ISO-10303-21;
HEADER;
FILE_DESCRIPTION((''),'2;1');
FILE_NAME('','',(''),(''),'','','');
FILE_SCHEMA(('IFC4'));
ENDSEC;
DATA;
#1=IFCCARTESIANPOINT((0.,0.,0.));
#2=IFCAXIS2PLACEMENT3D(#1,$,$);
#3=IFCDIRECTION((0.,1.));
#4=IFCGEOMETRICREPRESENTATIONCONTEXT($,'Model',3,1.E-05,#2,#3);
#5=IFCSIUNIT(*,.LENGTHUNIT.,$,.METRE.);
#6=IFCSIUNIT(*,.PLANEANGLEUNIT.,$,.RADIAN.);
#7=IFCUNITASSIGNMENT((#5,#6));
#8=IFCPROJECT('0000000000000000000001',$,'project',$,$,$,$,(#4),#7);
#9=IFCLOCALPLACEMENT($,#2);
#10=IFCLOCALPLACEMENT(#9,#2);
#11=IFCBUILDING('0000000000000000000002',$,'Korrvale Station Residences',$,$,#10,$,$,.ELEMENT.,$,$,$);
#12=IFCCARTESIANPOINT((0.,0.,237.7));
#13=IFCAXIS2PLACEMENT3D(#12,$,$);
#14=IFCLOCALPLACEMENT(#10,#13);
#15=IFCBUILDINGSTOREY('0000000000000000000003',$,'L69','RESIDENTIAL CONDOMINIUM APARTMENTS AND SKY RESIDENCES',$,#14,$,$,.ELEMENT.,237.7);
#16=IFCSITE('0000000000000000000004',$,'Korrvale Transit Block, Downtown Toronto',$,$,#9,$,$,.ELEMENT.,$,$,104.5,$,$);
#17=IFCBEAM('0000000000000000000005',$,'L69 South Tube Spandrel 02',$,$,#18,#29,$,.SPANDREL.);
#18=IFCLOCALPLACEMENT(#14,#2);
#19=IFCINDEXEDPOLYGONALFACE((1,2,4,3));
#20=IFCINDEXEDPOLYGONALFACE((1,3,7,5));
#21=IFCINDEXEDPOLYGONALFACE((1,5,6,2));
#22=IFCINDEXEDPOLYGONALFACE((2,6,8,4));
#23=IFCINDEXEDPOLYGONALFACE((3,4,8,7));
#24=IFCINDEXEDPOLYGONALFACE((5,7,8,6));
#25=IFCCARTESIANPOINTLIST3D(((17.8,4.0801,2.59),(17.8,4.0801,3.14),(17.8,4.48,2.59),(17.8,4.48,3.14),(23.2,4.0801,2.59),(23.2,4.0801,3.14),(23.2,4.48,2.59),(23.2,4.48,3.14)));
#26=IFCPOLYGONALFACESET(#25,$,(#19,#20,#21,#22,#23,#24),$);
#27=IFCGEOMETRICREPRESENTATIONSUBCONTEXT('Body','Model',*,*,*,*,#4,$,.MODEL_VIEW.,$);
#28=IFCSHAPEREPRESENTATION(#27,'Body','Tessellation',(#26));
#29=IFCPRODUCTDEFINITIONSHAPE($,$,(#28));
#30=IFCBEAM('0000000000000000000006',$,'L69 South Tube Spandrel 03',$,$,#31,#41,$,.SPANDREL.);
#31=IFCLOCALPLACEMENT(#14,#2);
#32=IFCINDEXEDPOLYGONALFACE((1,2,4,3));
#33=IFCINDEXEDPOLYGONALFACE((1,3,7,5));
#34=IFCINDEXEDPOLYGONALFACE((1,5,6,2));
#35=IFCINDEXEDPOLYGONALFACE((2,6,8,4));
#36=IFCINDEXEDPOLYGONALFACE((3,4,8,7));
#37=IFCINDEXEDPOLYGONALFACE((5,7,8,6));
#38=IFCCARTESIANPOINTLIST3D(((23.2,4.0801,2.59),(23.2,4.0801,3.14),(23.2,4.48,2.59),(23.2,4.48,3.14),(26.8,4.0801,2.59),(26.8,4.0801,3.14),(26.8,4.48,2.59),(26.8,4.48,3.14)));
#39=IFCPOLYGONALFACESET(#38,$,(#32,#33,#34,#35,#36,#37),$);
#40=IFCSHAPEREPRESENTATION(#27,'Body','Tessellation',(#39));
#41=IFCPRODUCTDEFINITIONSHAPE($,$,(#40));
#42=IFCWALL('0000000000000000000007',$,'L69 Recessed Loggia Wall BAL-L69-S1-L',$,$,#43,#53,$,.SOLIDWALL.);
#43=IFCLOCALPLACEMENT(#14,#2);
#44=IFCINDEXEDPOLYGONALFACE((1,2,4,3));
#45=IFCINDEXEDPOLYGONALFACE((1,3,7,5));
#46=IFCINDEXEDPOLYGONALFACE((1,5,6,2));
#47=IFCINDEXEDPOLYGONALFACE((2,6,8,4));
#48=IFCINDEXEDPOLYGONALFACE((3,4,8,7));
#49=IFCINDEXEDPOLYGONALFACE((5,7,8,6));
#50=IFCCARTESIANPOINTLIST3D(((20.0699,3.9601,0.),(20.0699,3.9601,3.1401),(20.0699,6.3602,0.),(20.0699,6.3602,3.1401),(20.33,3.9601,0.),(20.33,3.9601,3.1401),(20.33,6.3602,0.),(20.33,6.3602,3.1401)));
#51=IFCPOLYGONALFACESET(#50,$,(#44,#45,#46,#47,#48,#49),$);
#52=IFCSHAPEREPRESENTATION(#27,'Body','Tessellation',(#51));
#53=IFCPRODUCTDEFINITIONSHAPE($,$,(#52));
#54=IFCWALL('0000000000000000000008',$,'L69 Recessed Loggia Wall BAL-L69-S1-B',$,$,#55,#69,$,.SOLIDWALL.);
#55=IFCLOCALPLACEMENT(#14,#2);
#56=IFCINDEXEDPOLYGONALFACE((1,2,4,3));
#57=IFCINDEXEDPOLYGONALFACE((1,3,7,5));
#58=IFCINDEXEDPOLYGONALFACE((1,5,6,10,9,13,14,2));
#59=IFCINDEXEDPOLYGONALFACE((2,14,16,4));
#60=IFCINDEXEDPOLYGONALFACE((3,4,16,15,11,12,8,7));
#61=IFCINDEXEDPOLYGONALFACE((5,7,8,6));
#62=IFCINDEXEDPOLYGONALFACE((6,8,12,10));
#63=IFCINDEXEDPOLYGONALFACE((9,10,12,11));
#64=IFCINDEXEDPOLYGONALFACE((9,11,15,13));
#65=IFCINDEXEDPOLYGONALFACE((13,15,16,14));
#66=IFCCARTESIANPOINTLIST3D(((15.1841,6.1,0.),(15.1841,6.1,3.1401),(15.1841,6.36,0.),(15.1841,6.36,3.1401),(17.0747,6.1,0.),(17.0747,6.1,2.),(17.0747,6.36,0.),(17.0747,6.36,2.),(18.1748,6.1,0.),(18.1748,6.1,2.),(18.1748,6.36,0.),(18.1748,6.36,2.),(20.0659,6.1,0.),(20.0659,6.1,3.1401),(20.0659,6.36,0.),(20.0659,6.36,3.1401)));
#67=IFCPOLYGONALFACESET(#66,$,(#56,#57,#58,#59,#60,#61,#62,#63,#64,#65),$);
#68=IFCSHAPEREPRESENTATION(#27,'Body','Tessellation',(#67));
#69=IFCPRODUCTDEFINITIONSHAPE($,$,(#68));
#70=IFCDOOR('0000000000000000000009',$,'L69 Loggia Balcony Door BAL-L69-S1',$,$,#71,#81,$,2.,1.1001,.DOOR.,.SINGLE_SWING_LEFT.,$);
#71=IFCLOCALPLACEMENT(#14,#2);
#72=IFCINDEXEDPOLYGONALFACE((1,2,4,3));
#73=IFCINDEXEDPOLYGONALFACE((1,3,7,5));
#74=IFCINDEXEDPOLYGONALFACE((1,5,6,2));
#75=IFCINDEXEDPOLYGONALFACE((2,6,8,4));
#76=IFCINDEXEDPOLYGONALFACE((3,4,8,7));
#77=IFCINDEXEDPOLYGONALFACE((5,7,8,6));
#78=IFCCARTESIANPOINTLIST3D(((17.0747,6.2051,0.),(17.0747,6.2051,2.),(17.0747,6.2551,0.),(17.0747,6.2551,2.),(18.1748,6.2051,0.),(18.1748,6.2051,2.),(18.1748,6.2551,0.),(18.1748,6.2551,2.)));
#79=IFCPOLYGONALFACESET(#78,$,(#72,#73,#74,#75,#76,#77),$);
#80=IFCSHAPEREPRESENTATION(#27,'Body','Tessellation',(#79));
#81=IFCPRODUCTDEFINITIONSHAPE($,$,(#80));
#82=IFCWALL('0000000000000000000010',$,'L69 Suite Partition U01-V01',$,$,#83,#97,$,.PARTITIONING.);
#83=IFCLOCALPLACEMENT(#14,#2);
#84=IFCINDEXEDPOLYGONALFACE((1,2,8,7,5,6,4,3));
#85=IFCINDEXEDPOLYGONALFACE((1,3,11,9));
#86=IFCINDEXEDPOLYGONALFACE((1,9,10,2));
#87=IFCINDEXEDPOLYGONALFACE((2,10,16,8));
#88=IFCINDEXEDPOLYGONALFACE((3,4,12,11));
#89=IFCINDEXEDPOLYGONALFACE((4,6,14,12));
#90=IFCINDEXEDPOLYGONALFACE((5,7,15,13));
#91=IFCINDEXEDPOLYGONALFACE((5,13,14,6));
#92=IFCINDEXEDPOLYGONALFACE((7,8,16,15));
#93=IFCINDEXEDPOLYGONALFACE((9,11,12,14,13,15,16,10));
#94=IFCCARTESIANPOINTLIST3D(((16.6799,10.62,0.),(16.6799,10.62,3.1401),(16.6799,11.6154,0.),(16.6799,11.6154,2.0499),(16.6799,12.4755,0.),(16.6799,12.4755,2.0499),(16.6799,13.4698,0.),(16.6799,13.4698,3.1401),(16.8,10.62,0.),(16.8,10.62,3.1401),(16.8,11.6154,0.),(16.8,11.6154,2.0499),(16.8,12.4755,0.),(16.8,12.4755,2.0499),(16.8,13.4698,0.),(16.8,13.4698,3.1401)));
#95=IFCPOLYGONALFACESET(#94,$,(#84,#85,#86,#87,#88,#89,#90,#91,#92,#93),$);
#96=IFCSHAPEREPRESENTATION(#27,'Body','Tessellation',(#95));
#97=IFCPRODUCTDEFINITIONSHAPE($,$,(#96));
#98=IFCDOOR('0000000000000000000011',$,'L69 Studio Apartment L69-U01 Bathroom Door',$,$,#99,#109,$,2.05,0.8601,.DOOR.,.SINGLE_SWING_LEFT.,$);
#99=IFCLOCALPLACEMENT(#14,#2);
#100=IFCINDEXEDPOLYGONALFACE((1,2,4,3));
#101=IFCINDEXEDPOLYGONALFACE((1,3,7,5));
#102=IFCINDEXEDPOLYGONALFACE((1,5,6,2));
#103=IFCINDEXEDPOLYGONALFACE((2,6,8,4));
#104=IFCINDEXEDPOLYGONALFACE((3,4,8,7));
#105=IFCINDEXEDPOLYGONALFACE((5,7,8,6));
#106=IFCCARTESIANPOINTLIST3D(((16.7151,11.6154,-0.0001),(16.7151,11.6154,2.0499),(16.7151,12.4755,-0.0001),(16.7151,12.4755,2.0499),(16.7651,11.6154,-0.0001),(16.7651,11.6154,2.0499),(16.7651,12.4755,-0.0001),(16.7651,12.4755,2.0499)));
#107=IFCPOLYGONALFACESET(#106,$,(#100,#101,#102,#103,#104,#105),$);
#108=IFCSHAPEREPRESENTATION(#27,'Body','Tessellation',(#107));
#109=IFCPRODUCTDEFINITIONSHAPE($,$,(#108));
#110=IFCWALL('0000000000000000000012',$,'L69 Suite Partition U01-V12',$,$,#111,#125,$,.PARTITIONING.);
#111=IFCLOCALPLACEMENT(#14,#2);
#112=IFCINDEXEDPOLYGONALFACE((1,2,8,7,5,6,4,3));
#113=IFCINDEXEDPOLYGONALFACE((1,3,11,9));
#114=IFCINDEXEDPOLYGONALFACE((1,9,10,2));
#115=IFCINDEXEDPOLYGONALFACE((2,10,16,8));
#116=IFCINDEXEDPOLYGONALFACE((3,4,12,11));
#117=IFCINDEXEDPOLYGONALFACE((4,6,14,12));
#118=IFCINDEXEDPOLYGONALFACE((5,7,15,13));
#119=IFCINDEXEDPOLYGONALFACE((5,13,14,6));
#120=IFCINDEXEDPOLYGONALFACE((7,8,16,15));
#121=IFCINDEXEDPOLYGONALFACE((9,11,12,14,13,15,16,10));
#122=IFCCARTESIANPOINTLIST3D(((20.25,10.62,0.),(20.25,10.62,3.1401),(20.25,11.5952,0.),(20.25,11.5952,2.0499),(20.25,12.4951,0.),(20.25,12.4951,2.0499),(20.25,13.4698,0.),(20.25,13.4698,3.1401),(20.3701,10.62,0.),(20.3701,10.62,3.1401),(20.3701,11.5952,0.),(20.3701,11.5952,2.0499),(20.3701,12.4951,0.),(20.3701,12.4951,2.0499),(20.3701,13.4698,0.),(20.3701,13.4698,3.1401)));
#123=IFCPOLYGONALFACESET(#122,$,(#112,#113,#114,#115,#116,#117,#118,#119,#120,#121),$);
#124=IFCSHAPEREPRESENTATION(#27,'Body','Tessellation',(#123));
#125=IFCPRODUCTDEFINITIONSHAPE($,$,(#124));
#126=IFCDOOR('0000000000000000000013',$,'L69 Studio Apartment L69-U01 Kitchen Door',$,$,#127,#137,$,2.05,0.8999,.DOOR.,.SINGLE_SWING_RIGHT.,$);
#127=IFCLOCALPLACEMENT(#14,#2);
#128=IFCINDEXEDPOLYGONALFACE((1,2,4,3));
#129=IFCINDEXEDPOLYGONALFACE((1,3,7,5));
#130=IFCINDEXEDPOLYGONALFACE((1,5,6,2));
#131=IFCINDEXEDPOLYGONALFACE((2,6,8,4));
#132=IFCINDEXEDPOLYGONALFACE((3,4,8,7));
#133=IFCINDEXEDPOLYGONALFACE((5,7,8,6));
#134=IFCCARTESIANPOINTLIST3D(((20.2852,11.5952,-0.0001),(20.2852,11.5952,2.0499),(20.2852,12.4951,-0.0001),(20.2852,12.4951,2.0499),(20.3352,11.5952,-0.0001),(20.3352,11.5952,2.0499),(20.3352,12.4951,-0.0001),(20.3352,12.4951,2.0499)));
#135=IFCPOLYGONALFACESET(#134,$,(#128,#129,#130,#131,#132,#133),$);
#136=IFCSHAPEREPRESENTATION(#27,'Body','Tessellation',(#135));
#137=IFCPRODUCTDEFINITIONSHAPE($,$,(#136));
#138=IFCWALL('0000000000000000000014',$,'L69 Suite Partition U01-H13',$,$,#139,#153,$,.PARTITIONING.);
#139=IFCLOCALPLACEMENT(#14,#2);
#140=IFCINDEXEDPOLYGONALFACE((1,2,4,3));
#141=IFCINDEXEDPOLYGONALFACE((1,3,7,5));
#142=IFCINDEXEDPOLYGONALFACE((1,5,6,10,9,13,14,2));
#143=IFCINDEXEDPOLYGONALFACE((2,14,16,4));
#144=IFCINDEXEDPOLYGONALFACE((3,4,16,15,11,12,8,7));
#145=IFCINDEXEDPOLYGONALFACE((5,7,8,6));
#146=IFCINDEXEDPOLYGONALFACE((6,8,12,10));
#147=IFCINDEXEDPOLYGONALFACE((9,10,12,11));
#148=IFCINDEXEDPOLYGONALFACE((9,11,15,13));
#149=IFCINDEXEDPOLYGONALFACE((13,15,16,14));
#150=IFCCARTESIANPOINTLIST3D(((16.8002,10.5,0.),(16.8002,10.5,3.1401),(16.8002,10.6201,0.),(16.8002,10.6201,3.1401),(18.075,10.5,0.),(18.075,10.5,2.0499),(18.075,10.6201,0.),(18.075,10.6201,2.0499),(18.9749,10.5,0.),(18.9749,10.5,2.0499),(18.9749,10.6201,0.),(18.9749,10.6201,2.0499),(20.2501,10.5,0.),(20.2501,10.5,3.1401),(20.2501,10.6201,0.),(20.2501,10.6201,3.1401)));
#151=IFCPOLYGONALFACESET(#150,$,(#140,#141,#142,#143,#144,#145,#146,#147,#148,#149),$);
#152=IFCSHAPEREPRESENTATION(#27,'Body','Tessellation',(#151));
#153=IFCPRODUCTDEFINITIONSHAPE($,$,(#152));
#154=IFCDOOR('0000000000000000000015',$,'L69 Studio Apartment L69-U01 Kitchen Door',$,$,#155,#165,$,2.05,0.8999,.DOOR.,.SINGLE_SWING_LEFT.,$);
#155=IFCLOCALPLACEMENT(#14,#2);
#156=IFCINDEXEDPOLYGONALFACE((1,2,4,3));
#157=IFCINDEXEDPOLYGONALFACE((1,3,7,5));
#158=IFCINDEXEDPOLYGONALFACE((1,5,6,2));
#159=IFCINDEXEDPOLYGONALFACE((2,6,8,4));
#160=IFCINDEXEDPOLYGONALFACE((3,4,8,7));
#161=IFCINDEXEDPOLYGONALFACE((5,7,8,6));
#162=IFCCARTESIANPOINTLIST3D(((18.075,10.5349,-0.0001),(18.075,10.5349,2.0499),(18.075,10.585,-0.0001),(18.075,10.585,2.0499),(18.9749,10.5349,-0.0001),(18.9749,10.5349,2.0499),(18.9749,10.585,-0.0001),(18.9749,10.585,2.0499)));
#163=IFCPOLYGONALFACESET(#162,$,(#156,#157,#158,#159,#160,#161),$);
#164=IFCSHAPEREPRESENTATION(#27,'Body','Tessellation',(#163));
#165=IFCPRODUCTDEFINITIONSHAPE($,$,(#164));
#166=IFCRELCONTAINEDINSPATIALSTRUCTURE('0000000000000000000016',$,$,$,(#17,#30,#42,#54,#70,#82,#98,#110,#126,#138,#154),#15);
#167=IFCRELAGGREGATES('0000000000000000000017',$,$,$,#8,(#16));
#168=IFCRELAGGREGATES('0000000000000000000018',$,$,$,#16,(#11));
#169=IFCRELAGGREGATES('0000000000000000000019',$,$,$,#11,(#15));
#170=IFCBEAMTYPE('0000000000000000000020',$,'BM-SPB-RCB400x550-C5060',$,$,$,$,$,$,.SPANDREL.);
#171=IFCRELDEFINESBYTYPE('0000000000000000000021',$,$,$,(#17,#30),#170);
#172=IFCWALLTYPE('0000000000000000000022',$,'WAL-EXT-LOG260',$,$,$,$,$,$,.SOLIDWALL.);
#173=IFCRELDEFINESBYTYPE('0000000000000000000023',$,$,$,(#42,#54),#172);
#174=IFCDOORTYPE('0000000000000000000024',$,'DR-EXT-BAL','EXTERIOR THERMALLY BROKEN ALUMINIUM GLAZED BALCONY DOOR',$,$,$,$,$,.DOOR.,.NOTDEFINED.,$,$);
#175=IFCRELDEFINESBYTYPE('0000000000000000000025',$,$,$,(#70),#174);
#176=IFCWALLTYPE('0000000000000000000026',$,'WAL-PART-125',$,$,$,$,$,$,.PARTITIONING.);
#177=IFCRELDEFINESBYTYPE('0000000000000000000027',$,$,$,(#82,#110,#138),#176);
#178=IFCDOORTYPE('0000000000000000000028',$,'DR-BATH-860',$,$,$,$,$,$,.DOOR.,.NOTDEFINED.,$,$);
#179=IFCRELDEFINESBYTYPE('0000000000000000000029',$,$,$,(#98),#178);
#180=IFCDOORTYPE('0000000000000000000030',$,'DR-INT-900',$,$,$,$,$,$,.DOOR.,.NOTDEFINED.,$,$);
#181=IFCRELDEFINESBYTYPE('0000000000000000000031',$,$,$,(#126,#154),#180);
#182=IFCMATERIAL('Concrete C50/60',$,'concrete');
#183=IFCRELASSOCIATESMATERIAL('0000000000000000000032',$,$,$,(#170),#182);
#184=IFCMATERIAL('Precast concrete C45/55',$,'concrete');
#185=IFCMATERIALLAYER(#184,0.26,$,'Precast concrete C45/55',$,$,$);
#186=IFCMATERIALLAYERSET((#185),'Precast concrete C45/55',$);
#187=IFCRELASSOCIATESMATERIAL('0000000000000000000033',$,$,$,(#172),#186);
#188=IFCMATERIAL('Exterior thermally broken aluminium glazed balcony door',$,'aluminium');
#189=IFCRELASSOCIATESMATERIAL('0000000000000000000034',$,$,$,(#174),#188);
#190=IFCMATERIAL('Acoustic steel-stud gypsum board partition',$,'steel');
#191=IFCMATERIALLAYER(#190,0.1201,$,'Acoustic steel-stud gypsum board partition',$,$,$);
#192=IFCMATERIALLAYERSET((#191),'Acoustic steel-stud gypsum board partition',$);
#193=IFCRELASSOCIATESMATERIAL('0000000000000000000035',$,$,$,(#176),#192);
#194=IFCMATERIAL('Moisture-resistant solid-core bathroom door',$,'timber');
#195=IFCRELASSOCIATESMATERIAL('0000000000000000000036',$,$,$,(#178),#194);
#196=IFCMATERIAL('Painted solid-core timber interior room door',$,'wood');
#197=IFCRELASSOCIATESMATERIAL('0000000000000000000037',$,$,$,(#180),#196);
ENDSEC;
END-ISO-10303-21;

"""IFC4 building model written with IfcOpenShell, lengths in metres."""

from ifc_helpers import new_model, si_unit, direction, frame, frame_2d, origin, origin_2d, place, context, subcontext, project, spatial, rectangle, extrude, material, layer, layer_set, material_profile, profile_set, type_object, element, fill, save


model = new_model("IFC4")

# Units and contexts
model_context = context("Model", 3, precision=1e-05, world=origin(), true_north=direction((0.0, 1.0)))
body_context = subcontext(model_context, "Body", "Model", "MODEL_VIEW")
ifc_project = project(units=[si_unit("LENGTHUNIT", "METRE"), si_unit("PLANEANGLEUNIT", "RADIAN")], contexts=[model_context])

# Site, building, storey
site_placement = place(None, origin())
site = spatial("IfcSite", under=ifc_project, at=site_placement, Name="Korrvale Transit Block, Downtown Toronto", CompositionType="ELEMENT", RefElevation=104.5)
building_placement = place(site_placement, origin())
building = spatial("IfcBuilding", under=site, at=building_placement, Name="Korrvale Station Residences", CompositionType="ELEMENT")
storey_placement = place(building_placement, frame((0.0, 0.0, 237.7)))
storey = spatial("IfcBuildingStorey", under=building, at=storey_placement, Name="L69", Description="RESIDENTIAL CONDOMINIUM APARTMENTS AND SKY RESIDENCES", CompositionType="ELEMENT", Elevation=237.7)

# Shared definitions
ifc_material_1 = material(Name="Concrete C50/60", Category="concrete")

# Beams
ifc_material_profile_1 = material_profile(ifc_material_1, rectangle(XDim=0.3999, YDim=0.55, at=origin_2d()), Name="RCB400x550")
ifc_profile_set_1 = profile_set([ifc_material_profile_1], Name="Concrete C50/60")
beam_type_1 = type_object("IfcBeamType", Name="BM-SPB-RCB400x550-C5060", PredefinedType="SPANDREL", material=ifc_profile_set_1)
beam_1_placement = place(storey_placement, frame((17.8, 4.28, 2.865), z_axis=(1.0, 0.0, 0.0), x_axis=(0.0, 1.0, 0.0)))
element("IfcBeam", 1, at=beam_1_placement, inside=storey, type_object=beam_type_1, Name="L69 South Tube Spandrel 02", PredefinedType="SPANDREL", context=body_context, shape_type="SweptSolid", body=[
    extrude(rectangle(XDim=0.3999, YDim=0.55, at=origin_2d()), origin(), (0.0, 0.0, 1.0), 5.3999),
])
beam_2_placement = place(storey_placement, frame((23.2, 4.28, 2.865), z_axis=(1.0, 0.0, 0.0), x_axis=(0.0, 1.0, 0.0)))
element("IfcBeam", 2, at=beam_2_placement, inside=storey, type_object=beam_type_1, Name="L69 South Tube Spandrel 03", PredefinedType="SPANDREL", context=body_context, shape_type="SweptSolid", body=[
    extrude(rectangle(XDim=0.3999, YDim=0.55, at=origin_2d()), origin(), (0.0, 0.0, 1.0), 3.6001),
])

# Wall
ifc_material_2 = material(Name="Precast concrete C45/55", Category="concrete")
ifc_layer_1 = layer(ifc_material_2, 0.26, Name="Precast concrete C45/55")
ifc_layer_set_1 = layer_set([ifc_layer_1], Name="Precast concrete C45/55")
wall_type_1 = type_object("IfcWallType", Name="WAL-EXT-LOG260", PredefinedType="SOLIDWALL", material=ifc_layer_set_1)
wall_1_placement = place(storey_placement, frame((20.2, 3.96, 0.0), z_axis=(0.0, 0.0, 1.0), x_axis=(0.0, 1.0, 0.0)))
element("IfcWall", 3, at=wall_1_placement, inside=storey, type_object=wall_type_1, Name="L69 Recessed Loggia Wall BAL-L69-S1-L", PredefinedType="SOLIDWALL", context=body_context, shape_type="SweptSolid", body=[
    extrude(rectangle(XDim=2.4001, YDim=0.26, at=frame_2d((1.2002, 0.0))), origin(), (0.0, 0.0, 1.0), 3.1401),
])

# Walls, openings, doors
wall_2_placement = place(storey_placement, frame((20.0659, 6.23, 0.0), z_axis=(0.0, 0.0, 1.0), x_axis=(-1.0, 0.0, 0.0)))
wall_2 = element("IfcWall", 4, at=wall_2_placement, inside=storey, type_object=wall_type_1, Name="L69 Recessed Loggia Wall BAL-L69-S1-B", PredefinedType="SOLIDWALL", context=body_context, shape_type="SweptSolid", body=[
    extrude(rectangle(XDim=4.8818, YDim=0.26, at=frame_2d((2.4409, 0.0))), origin(), (0.0, 0.0, 1.0), 3.1401),
])
opening_1_placement = place(wall_2_placement, frame((1.8911, 0.0, 0.0)))
opening_1 = element("IfcOpeningElement", 5, at=opening_1_placement, cuts=wall_2, PredefinedType="OPENING", context=body_context, shape_type="SweptSolid", body=[
    extrude(rectangle(XDim=1.1001, YDim=2.0, at=frame_2d((0.55, 1.0))), frame((0.0, 0.1401, 0.0), z_axis=(0.0, -1.0, 0.0), x_axis=(1.0, 0.0, 0.0)), (0.0, 0.0, 1.0), 0.28),
])
ifc_material_3 = material(Name="Exterior thermally broken aluminium glazed balcony door", Category="aluminium")
door_type_1 = type_object("IfcDoorType", Name="DR-EXT-BAL", Description="EXTERIOR THERMALLY BROKEN ALUMINIUM GLAZED BALCONY DOOR", OperationType="NOTDEFINED", PredefinedType="DOOR", material=ifc_material_3)
door_1_placement = place(opening_1_placement, origin())
door_1 = element("IfcDoor", 6, at=door_1_placement, inside=storey, type_object=door_type_1, Name="L69 Loggia Balcony Door BAL-L69-S1", OperationType="SINGLE_SWING_LEFT", OverallHeight=2.0, OverallWidth=1.1001, PredefinedType="DOOR", context=body_context, shape_type="SweptSolid", body=[
    extrude(rectangle(XDim=1.1001, YDim=2.0, at=frame_2d((0.55, 1.0))), frame((0.0, 0.0249, 0.0), z_axis=(0.0, -1.0, 0.0), x_axis=(1.0, 0.0, 0.0)), (0.0, 0.0, 1.0), 0.05),
])
fill(opening_1, door_1)
ifc_material_4 = material(Name="Acoustic steel-stud gypsum board partition", Category="steel")
ifc_layer_2 = layer(ifc_material_4, 0.1201, Name="Acoustic steel-stud gypsum board partition")
ifc_layer_set_2 = layer_set([ifc_layer_2], Name="Acoustic steel-stud gypsum board partition")
wall_type_2 = type_object("IfcWallType", Name="WAL-PART-125", PredefinedType="PARTITIONING", material=ifc_layer_set_2)
wall_3_placement = place(storey_placement, frame((16.74, 10.6201, 0.0), z_axis=(0.0, 0.0, 1.0), x_axis=(0.0, 1.0, 0.0)))
wall_3 = element("IfcWall", 7, at=wall_3_placement, inside=storey, type_object=wall_type_2, Name="L69 Suite Partition U01-V01", PredefinedType="PARTITIONING", context=body_context, shape_type="SweptSolid", body=[
    extrude(rectangle(XDim=2.8499, YDim=0.1201, at=frame_2d((1.4248, 0.0))), origin(), (0.0, 0.0, 1.0), 3.1401),
])
opening_2_placement = place(wall_3_placement, frame((0.9951, 0.0, 0.0)))
opening_2 = element("IfcOpeningElement", 8, at=opening_2_placement, cuts=wall_3, PredefinedType="OPENING", context=body_context, shape_type="SweptSolid", body=[
    extrude(rectangle(XDim=0.8601, YDim=2.05, at=frame_2d((0.4302, 1.0249))), frame((0.0, 0.0701, 0.0), z_axis=(0.0, -1.0, 0.0), x_axis=(1.0, 0.0, 0.0)), (0.0, 0.0, 1.0), 0.1401),
])
ifc_material_5 = material(Name="Moisture-resistant solid-core bathroom door", Category="timber")
door_type_2 = type_object("IfcDoorType", Name="DR-BATH-860", OperationType="NOTDEFINED", PredefinedType="DOOR", material=ifc_material_5)
door_2_placement = place(opening_2_placement, origin())
door_2 = element("IfcDoor", 9, at=door_2_placement, inside=storey, type_object=door_type_2, Name="L69 Studio Apartment L69-U01 Bathroom Door", OperationType="SINGLE_SWING_LEFT", OverallHeight=2.05, OverallWidth=0.8601, PredefinedType="DOOR", context=body_context, shape_type="SweptSolid", body=[
    extrude(rectangle(XDim=0.8601, YDim=2.05, at=frame_2d((0.4302, 1.0249))), frame((0.0, 0.0249, 0.0), z_axis=(0.0, -1.0, 0.0), x_axis=(1.0, 0.0, 0.0)), (0.0, 0.0, 1.0), 0.05),
])
fill(opening_2, door_2)
wall_4_placement = place(storey_placement, frame((20.3101, 10.6201, 0.0), z_axis=(0.0, 0.0, 1.0), x_axis=(0.0, 1.0, 0.0)))
wall_4 = element("IfcWall", 10, at=wall_4_placement, inside=storey, type_object=wall_type_2, Name="L69 Suite Partition U01-V12", PredefinedType="PARTITIONING", context=body_context, shape_type="SweptSolid", body=[
    extrude(rectangle(XDim=2.8499, YDim=0.1201, at=frame_2d((1.4248, 0.0))), origin(), (0.0, 0.0, 1.0), 3.1401),
])
opening_3_placement = place(wall_4_placement, frame((0.9751, 0.0, 0.0)))
opening_3 = element("IfcOpeningElement", 11, at=opening_3_placement, cuts=wall_4, PredefinedType="OPENING", context=body_context, shape_type="SweptSolid", body=[
    extrude(rectangle(XDim=0.8999, YDim=2.05, at=frame_2d((0.45, 1.0249))), frame((0.0, 0.0701, 0.0), z_axis=(0.0, -1.0, 0.0), x_axis=(1.0, 0.0, 0.0)), (0.0, 0.0, 1.0), 0.1401),
])
ifc_material_6 = material(Name="Painted solid-core timber interior room door", Category="wood")
door_type_3 = type_object("IfcDoorType", Name="DR-INT-900", OperationType="NOTDEFINED", PredefinedType="DOOR", material=ifc_material_6)
door_3_placement = place(opening_3_placement, origin())
door_3 = element("IfcDoor", 12, at=door_3_placement, inside=storey, type_object=door_type_3, Name="L69 Studio Apartment L69-U01 Kitchen Door", OperationType="SINGLE_SWING_RIGHT", OverallHeight=2.05, OverallWidth=0.8999, PredefinedType="DOOR", context=body_context, shape_type="SweptSolid", body=[
    extrude(rectangle(XDim=0.8999, YDim=2.05, at=frame_2d((0.45, 1.0249))), frame((0.0, 0.0249, 0.0), z_axis=(0.0, -1.0, 0.0), x_axis=(1.0, 0.0, 0.0)), (0.0, 0.0, 1.0), 0.05),
])
fill(opening_3, door_3)
wall_5_placement = place(storey_placement, frame((16.8, 10.5601, 0.0), z_axis=(0.0, 0.0, 1.0), x_axis=(1.0, 0.0, 0.0)))
wall_5 = element("IfcWall", 13, at=wall_5_placement, inside=storey, type_object=wall_type_2, Name="L69 Suite Partition U01-H13", PredefinedType="PARTITIONING", context=body_context, shape_type="SweptSolid", body=[
    extrude(rectangle(XDim=3.45, YDim=0.1201, at=frame_2d((1.7251, 0.0))), origin(), (0.0, 0.0, 1.0), 3.1401),
])
opening_4_placement = place(wall_5_placement, frame((1.2749, 0.0, 0.0)))
opening_4 = element("IfcOpeningElement", 14, at=opening_4_placement, cuts=wall_5, PredefinedType="OPENING", context=body_context, shape_type="SweptSolid", body=[
    extrude(rectangle(XDim=0.8999, YDim=2.05, at=frame_2d((0.45, 1.0249))), frame((0.0, 0.0701, 0.0), z_axis=(0.0, -1.0, 0.0), x_axis=(1.0, 0.0, 0.0)), (0.0, 0.0, 1.0), 0.1401),
])
door_4_placement = place(opening_4_placement, origin())
door_4 = element("IfcDoor", 15, at=door_4_placement, inside=storey, type_object=door_type_3, Name="L69 Studio Apartment L69-U01 Kitchen Door", OperationType="SINGLE_SWING_LEFT", OverallHeight=2.05, OverallWidth=0.8999, PredefinedType="DOOR", context=body_context, shape_type="SweptSolid", body=[
    extrude(rectangle(XDim=0.8999, YDim=2.05, at=frame_2d((0.45, 1.0249))), frame((0.0, 0.0249, 0.0), z_axis=(0.0, -1.0, 0.0), x_axis=(1.0, 0.0, 0.0)), (0.0, 0.0, 1.0), 0.05),
])
fill(opening_4, door_4)

save(model, "model.ifc")
